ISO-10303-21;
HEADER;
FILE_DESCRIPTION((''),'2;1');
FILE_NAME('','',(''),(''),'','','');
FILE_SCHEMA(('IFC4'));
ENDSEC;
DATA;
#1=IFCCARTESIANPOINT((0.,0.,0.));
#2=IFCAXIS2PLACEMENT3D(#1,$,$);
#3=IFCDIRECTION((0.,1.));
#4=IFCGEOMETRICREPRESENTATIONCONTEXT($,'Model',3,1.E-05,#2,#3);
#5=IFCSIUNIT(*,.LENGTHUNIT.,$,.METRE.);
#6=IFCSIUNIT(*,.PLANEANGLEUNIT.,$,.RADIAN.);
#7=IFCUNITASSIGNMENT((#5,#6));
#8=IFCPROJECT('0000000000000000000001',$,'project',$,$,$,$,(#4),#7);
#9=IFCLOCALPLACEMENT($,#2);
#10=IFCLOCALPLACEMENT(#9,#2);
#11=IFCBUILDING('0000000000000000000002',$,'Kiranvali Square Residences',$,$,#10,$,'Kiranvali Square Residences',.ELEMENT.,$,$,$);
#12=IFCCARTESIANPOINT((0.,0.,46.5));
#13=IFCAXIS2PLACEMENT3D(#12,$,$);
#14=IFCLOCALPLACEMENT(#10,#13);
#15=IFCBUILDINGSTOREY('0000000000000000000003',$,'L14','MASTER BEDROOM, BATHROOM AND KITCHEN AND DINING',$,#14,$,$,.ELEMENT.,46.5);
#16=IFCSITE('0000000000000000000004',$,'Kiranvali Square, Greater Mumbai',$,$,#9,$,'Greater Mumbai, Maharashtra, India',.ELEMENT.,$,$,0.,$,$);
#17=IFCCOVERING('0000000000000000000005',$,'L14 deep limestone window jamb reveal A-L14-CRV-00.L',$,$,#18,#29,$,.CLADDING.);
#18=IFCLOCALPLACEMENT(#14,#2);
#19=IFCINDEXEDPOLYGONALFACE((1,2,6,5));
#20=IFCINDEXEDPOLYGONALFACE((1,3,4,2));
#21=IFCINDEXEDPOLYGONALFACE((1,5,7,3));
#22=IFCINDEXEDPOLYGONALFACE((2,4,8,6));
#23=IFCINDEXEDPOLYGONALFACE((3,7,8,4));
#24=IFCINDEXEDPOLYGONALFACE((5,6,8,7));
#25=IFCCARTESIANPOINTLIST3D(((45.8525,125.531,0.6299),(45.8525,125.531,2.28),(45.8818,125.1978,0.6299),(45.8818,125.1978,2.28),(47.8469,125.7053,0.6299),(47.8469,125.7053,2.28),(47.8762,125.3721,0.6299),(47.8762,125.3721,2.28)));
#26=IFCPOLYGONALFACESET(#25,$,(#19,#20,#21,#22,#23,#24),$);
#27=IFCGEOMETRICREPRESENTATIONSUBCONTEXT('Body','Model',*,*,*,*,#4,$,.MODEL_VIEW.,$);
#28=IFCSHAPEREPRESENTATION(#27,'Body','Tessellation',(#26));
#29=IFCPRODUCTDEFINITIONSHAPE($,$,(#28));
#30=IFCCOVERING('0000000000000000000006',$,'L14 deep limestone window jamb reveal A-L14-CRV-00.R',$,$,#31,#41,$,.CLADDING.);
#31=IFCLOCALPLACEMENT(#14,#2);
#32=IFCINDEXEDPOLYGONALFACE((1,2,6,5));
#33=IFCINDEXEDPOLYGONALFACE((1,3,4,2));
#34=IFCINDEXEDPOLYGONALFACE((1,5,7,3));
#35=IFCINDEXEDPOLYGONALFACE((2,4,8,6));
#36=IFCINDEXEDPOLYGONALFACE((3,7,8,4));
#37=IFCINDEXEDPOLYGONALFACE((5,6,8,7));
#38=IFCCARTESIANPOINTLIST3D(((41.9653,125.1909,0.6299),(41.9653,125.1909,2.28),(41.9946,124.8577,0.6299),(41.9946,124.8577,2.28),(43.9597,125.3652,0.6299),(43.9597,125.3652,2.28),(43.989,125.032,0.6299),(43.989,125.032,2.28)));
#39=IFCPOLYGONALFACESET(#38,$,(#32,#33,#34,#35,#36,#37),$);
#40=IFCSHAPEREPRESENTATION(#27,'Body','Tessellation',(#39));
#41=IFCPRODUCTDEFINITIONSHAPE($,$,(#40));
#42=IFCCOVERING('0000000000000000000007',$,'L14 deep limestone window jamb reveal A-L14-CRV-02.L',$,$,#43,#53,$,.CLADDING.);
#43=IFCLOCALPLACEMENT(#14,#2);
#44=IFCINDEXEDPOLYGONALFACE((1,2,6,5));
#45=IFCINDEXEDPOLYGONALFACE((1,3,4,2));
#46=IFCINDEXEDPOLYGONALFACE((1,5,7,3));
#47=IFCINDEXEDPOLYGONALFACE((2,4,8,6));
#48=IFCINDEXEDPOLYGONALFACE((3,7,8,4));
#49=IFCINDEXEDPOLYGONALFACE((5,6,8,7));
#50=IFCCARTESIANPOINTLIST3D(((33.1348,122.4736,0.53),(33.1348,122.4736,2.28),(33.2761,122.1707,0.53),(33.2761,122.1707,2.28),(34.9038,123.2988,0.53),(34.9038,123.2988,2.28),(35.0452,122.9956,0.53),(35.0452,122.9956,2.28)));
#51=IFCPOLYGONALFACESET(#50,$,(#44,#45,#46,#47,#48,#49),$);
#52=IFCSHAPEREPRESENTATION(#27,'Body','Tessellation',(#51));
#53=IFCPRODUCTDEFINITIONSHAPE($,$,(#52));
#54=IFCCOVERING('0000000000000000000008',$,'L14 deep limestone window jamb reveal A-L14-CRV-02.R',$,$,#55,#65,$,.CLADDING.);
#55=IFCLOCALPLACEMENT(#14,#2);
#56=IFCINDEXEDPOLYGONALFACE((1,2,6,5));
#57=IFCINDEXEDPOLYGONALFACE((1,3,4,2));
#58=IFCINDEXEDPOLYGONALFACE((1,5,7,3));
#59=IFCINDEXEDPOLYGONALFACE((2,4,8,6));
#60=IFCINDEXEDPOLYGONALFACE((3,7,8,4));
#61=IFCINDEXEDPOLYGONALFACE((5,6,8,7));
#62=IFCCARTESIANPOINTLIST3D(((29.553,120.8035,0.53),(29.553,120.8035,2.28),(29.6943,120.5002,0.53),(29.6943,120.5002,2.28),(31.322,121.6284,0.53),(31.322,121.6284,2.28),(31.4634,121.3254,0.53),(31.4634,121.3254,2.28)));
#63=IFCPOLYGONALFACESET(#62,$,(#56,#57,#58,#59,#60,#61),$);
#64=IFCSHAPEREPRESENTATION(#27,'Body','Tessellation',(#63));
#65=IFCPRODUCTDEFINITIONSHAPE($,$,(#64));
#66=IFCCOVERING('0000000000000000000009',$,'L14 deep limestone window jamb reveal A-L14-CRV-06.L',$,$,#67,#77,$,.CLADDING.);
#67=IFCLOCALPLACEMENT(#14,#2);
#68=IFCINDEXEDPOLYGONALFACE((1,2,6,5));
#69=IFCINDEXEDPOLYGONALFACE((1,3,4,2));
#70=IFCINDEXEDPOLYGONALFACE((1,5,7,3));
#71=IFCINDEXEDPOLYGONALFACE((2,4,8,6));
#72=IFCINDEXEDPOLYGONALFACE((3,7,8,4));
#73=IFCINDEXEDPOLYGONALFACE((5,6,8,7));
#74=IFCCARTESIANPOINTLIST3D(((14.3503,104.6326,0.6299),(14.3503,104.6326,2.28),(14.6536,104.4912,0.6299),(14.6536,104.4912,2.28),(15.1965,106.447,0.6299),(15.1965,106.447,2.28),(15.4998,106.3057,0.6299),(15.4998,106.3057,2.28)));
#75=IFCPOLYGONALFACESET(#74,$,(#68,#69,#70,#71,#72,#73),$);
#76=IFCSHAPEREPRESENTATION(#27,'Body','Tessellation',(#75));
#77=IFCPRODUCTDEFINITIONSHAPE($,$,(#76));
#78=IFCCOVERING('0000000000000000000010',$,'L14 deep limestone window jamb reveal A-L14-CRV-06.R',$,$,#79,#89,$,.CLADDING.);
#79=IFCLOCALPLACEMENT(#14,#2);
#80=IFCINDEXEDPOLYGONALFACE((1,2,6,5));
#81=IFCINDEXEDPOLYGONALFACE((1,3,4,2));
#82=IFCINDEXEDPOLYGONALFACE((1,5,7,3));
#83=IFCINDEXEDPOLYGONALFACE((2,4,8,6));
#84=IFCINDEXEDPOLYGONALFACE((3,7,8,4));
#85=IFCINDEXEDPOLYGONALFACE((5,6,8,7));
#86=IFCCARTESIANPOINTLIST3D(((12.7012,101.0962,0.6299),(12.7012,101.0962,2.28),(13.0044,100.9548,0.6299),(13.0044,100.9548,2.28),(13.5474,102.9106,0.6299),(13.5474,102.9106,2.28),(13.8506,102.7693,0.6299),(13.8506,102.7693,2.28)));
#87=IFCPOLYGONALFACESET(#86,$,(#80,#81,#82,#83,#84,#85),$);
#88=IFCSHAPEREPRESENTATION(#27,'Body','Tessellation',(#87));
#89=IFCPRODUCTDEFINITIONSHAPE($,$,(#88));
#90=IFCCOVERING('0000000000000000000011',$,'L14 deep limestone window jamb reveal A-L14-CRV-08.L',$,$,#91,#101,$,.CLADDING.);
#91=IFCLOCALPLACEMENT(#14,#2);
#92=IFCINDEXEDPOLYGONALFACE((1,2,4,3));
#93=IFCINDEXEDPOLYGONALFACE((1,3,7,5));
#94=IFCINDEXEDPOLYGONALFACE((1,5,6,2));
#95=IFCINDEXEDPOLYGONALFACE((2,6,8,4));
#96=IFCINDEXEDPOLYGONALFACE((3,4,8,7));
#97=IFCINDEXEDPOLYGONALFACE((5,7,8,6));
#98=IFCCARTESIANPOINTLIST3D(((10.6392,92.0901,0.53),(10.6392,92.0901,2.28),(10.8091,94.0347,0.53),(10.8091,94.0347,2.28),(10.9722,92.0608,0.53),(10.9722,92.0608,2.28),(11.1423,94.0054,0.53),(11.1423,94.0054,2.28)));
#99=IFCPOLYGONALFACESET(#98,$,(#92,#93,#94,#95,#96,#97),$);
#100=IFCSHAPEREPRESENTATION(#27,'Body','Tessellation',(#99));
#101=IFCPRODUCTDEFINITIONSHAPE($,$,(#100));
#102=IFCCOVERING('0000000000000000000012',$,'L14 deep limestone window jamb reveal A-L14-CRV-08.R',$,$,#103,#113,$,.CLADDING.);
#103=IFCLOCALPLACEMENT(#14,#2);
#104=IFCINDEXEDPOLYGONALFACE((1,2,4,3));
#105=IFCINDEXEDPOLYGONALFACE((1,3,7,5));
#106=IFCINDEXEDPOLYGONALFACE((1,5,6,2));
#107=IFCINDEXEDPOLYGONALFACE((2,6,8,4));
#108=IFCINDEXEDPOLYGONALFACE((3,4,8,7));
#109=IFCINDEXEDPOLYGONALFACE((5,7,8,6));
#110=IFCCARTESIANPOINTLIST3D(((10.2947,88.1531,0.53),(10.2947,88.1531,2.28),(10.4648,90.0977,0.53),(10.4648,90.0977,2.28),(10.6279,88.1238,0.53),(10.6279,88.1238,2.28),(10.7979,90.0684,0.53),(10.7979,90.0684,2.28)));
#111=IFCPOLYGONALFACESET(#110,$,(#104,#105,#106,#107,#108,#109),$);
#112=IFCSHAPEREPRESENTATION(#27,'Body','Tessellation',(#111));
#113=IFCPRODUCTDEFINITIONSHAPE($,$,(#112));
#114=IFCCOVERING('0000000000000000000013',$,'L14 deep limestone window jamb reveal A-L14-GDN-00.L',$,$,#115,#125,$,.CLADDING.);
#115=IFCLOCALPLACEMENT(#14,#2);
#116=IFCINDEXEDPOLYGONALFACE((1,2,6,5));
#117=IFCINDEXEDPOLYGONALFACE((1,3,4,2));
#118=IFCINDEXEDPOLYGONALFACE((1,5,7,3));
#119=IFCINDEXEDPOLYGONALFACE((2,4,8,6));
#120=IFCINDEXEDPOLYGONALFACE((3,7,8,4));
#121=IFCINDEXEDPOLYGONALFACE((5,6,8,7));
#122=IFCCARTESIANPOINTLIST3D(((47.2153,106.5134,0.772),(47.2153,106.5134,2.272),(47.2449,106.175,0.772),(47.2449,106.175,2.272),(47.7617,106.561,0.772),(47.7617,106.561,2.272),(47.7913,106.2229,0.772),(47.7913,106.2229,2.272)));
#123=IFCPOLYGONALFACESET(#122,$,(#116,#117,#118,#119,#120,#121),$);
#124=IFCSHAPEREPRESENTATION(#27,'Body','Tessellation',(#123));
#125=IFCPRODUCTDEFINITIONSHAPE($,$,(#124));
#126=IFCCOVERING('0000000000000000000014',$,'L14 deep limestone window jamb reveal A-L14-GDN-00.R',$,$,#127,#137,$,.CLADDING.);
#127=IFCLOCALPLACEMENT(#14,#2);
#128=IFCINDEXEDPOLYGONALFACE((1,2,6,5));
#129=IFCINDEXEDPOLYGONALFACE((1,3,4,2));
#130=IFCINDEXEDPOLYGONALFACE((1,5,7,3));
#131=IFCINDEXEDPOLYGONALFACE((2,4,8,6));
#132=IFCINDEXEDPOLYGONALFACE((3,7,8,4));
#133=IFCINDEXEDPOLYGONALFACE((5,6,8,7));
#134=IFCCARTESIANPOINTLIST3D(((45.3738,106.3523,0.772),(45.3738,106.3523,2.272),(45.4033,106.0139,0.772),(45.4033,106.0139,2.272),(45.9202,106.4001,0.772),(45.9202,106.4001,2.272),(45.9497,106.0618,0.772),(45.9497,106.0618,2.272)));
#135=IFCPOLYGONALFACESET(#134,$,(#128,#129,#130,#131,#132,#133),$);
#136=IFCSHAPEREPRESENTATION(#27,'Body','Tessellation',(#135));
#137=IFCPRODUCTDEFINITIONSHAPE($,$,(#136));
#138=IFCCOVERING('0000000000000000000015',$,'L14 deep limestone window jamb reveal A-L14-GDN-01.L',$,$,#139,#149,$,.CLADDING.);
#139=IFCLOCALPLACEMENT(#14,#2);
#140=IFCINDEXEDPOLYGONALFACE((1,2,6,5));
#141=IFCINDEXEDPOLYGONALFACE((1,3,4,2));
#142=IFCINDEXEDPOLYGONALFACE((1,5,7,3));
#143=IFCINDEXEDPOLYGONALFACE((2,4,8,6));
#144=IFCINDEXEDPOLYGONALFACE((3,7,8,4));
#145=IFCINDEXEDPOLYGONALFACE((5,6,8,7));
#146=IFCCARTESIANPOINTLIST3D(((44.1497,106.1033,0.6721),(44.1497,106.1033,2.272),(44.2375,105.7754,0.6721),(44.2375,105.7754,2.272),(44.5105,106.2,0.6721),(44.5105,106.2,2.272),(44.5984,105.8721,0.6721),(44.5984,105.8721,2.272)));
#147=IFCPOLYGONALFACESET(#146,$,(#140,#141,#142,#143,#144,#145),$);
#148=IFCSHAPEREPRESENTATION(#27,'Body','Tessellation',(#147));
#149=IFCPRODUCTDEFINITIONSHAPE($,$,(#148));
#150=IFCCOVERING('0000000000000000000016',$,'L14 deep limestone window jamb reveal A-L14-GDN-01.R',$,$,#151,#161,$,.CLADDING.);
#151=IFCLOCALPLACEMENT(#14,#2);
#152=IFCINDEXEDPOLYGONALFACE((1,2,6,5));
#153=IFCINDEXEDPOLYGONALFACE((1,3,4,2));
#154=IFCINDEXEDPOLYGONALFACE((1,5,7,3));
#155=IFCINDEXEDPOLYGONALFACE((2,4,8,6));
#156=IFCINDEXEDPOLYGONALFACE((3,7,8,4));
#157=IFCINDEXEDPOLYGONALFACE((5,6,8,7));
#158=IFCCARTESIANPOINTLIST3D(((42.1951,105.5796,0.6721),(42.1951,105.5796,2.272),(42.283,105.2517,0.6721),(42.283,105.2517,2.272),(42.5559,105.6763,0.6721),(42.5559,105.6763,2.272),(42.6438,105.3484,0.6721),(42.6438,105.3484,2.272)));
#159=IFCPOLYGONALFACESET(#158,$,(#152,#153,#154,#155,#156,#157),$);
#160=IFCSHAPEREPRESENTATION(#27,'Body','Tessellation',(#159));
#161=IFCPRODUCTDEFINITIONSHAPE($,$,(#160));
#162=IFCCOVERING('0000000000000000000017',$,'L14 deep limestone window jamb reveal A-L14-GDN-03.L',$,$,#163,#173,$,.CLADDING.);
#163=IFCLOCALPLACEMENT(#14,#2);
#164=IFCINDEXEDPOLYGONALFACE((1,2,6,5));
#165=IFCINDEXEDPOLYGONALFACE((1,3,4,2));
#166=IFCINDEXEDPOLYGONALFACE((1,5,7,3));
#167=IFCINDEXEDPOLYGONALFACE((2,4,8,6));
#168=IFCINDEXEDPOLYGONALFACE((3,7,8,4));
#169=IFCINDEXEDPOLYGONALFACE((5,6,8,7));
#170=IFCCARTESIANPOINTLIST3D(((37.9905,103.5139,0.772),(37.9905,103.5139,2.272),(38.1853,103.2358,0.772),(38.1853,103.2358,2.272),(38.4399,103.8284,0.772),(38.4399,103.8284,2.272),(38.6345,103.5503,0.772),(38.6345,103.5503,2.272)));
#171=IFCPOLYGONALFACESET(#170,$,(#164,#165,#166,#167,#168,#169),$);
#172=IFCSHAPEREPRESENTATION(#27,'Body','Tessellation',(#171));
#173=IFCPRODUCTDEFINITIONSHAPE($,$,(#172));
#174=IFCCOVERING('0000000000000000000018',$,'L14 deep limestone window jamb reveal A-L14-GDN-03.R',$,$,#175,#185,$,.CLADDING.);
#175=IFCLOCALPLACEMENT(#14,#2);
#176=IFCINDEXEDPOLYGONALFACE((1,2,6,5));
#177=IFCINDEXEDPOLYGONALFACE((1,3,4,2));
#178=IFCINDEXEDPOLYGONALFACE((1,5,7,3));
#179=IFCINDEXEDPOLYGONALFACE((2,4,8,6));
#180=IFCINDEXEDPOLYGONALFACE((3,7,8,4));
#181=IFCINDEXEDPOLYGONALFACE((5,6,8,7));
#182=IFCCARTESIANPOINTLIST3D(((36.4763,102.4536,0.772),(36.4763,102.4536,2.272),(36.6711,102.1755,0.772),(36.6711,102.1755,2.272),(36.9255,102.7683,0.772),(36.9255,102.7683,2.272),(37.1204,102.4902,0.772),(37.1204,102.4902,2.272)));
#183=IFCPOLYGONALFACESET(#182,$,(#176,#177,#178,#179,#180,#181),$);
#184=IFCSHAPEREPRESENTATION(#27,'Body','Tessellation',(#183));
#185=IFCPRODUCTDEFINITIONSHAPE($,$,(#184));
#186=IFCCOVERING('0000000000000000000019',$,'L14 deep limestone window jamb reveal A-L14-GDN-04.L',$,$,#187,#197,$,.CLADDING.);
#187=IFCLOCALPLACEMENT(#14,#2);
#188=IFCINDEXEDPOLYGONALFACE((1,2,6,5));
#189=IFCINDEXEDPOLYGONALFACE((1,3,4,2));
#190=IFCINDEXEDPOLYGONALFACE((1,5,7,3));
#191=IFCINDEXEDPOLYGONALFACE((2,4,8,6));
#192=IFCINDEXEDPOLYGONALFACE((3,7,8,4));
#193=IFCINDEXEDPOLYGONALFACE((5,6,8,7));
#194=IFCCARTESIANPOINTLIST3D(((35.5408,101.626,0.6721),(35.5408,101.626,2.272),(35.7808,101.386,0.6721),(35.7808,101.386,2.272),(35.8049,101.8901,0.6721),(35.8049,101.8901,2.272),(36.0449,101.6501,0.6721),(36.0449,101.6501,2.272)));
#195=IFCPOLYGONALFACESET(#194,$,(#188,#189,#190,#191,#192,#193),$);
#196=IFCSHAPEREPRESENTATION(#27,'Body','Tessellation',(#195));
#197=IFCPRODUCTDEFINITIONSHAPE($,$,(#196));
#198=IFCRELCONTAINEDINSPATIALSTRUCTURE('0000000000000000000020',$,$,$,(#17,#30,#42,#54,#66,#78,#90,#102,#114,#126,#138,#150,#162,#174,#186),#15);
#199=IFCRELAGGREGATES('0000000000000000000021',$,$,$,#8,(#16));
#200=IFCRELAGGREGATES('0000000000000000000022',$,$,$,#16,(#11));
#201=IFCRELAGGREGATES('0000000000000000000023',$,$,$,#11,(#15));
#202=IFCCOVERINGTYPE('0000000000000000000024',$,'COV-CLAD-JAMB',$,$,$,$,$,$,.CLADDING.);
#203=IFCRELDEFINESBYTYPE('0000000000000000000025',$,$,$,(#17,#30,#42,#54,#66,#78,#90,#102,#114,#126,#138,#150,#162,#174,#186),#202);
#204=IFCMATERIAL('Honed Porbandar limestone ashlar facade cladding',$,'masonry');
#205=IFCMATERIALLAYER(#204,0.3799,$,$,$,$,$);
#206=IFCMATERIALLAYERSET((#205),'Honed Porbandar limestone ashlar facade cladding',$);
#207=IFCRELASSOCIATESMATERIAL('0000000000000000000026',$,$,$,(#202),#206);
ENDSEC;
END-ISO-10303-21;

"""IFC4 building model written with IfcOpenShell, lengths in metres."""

from ifc_helpers import new_model, si_unit, direction, frame, origin, place, context, subcontext, project, spatial, polyline, outline, extrude, material, layer, layer_set, type_object, element, save


model = new_model("IFC4")

# Units and contexts
model_context = context("Model", 3, precision=1e-05, world=origin(), true_north=direction((0.0, 1.0)))
body_context = subcontext(model_context, "Body", "Model", "MODEL_VIEW")
ifc_project = project(units=[si_unit("LENGTHUNIT", "METRE"), si_unit("PLANEANGLEUNIT", "RADIAN")], contexts=[model_context])

# Site, building, storey
site_placement = place(None, origin())
site = spatial("IfcSite", under=ifc_project, at=site_placement, Name="Kiranvali Square, Greater Mumbai", LongName="Greater Mumbai, Maharashtra, India", CompositionType="ELEMENT", RefElevation=0.0)
building_placement = place(site_placement, origin())
building = spatial("IfcBuilding", under=site, at=building_placement, Name="Kiranvali Square Residences", LongName="Kiranvali Square Residences", CompositionType="ELEMENT")
storey_placement = place(building_placement, frame((0.0, 0.0, 46.5)))
storey = spatial("IfcBuildingStorey", under=building, at=storey_placement, Name="L14", Description="MASTER BEDROOM, BATHROOM AND KITCHEN AND DINING", CompositionType="ELEMENT", Elevation=46.5)

# Coverings
ifc_material = material(Name="Honed Porbandar limestone ashlar facade cladding", Category="masonry")
ifc_layer_1 = layer(ifc_material, 0.3799)
ifc_layer_set_1 = layer_set([ifc_layer_1], Name="Honed Porbandar limestone ashlar facade cladding")
covering_type_1 = type_object("IfcCoveringType", Name="COV-CLAD-JAMB", PredefinedType="CLADDING", material=ifc_layer_set_1)
covering_1_placement = place(storey_placement, frame((0.0, 0.0, 0.6299)))
element("IfcCovering", 1, at=covering_1_placement, inside=storey, type_object=covering_type_1, Name="L14 deep limestone window jamb reveal A-L14-CRV-00.L", PredefinedType="CLADDING", context=body_context, shape_type="SweptSolid", body=[
    extrude(outline(polyline([(47.8469, 125.7053), (45.8525, 125.531), (45.8818, 125.1978), (47.8762, 125.3721), (47.8469, 125.7053)])), origin(), (0.0, 0.0, 1.0), 1.6501),
])
covering_2_placement = place(storey_placement, frame((0.0, 0.0, 0.6299)))
element("IfcCovering", 2, at=covering_2_placement, inside=storey, type_object=covering_type_1, Name="L14 deep limestone window jamb reveal A-L14-CRV-00.R", PredefinedType="CLADDING", context=body_context, shape_type="SweptSolid", body=[
    extrude(outline(polyline([(43.9597, 125.3652), (41.9653, 125.1909), (41.9946, 124.8577), (43.989, 125.032), (43.9597, 125.3652)])), origin(), (0.0, 0.0, 1.0), 1.6501),
])
covering_3_placement = place(storey_placement, frame((0.0, 0.0, 0.53)))
element("IfcCovering", 3, at=covering_3_placement, inside=storey, type_object=covering_type_1, Name="L14 deep limestone window jamb reveal A-L14-CRV-02.L", PredefinedType="CLADDING", context=body_context, shape_type="SweptSolid", body=[
    extrude(outline(polyline([(34.9038, 123.2988), (33.1348, 122.4736), (33.2761, 122.1707), (35.0452, 122.9956), (34.9038, 123.2988)])), origin(), (0.0, 0.0, 1.0), 1.75),
])
covering_4_placement = place(storey_placement, frame((0.0, 0.0, 0.53)))
element("IfcCovering", 4, at=covering_4_placement, inside=storey, type_object=covering_type_1, Name="L14 deep limestone window jamb reveal A-L14-CRV-02.R", PredefinedType="CLADDING", context=body_context, shape_type="SweptSolid", body=[
    extrude(outline(polyline([(31.322, 121.6284), (29.553, 120.8035), (29.6943, 120.5002), (31.4634, 121.3254), (31.322, 121.6284)])), origin(), (0.0, 0.0, 1.0), 1.75),
])
covering_5_placement = place(storey_placement, frame((0.0, 0.0, 0.6299)))
element("IfcCovering", 5, at=covering_5_placement, inside=storey, type_object=covering_type_1, Name="L14 deep limestone window jamb reveal A-L14-CRV-06.L", PredefinedType="CLADDING", context=body_context, shape_type="SweptSolid", body=[
    extrude(outline(polyline([(15.1965, 106.447), (14.3503, 104.6326), (14.6536, 104.4912), (15.4998, 106.3057), (15.1965, 106.447)])), origin(), (0.0, 0.0, 1.0), 1.6501),
])
covering_6_placement = place(storey_placement, frame((0.0, 0.0, 0.6299)))
element("IfcCovering", 6, at=covering_6_placement, inside=storey, type_object=covering_type_1, Name="L14 deep limestone window jamb reveal A-L14-CRV-06.R", PredefinedType="CLADDING", context=body_context, shape_type="SweptSolid", body=[
    extrude(outline(polyline([(13.5474, 102.9106), (12.7012, 101.0962), (13.0044, 100.9548), (13.8506, 102.7693), (13.5474, 102.9106)])), origin(), (0.0, 0.0, 1.0), 1.6501),
])
covering_7_placement = place(storey_placement, frame((0.0, 0.0, 0.53)))
element("IfcCovering", 7, at=covering_7_placement, inside=storey, type_object=covering_type_1, Name="L14 deep limestone window jamb reveal A-L14-CRV-08.L", PredefinedType="CLADDING", context=body_context, shape_type="SweptSolid", body=[
    extrude(outline(polyline([(10.8091, 94.0347), (10.6392, 92.0901), (10.9722, 92.0608), (11.1423, 94.0054), (10.8091, 94.0347)])), origin(), (0.0, 0.0, 1.0), 1.75),
])
covering_8_placement = place(storey_placement, frame((0.0, 0.0, 0.53)))
element("IfcCovering", 8, at=covering_8_placement, inside=storey, type_object=covering_type_1, Name="L14 deep limestone window jamb reveal A-L14-CRV-08.R", PredefinedType="CLADDING", context=body_context, shape_type="SweptSolid", body=[
    extrude(outline(polyline([(10.4648, 90.0977), (10.2947, 88.1531), (10.6279, 88.1238), (10.7979, 90.0684), (10.4648, 90.0977)])), origin(), (0.0, 0.0, 1.0), 1.75),
])
covering_9_placement = place(storey_placement, frame((0.0, 0.0, 0.772)))
element("IfcCovering", 9, at=covering_9_placement, inside=storey, type_object=covering_type_1, Name="L14 deep limestone window jamb reveal A-L14-GDN-00.L", PredefinedType="CLADDING", context=body_context, shape_type="SweptSolid", body=[
    extrude(outline(polyline([(47.7617, 106.561), (47.2153, 106.5134), (47.2449, 106.175), (47.7913, 106.2229), (47.7617, 106.561)])), origin(), (0.0, 0.0, 1.0), 1.5),
])
covering_10_placement = place(storey_placement, frame((0.0, 0.0, 0.772)))
element("IfcCovering", 10, at=covering_10_placement, inside=storey, type_object=covering_type_1, Name="L14 deep limestone window jamb reveal A-L14-GDN-00.R", PredefinedType="CLADDING", context=body_context, shape_type="SweptSolid", body=[
    extrude(outline(polyline([(45.9202, 106.4001), (45.3738, 106.3523), (45.4033, 106.0139), (45.9497, 106.0618), (45.9202, 106.4001)])), origin(), (0.0, 0.0, 1.0), 1.5),
])
covering_11_placement = place(storey_placement, frame((0.0, 0.0, 0.6721)))
element("IfcCovering", 11, at=covering_11_placement, inside=storey, type_object=covering_type_1, Name="L14 deep limestone window jamb reveal A-L14-GDN-01.L", PredefinedType="CLADDING", context=body_context, shape_type="SweptSolid", body=[
    extrude(outline(polyline([(44.5105, 106.2), (44.1497, 106.1033), (44.2375, 105.7754), (44.5984, 105.8721), (44.5105, 106.2)])), origin(), (0.0, 0.0, 1.0), 1.5999),
])
covering_12_placement = place(storey_placement, frame((0.0, 0.0, 0.6721)))
element("IfcCovering", 12, at=covering_12_placement, inside=storey, type_object=covering_type_1, Name="L14 deep limestone window jamb reveal A-L14-GDN-01.R", PredefinedType="CLADDING", context=body_context, shape_type="SweptSolid", body=[
    extrude(outline(polyline([(42.5559, 105.6763), (42.1951, 105.5796), (42.283, 105.2517), (42.6438, 105.3484), (42.5559, 105.6763)])), origin(), (0.0, 0.0, 1.0), 1.5999),
])
covering_13_placement = place(storey_placement, frame((0.0, 0.0, 0.772)))
element("IfcCovering", 13, at=covering_13_placement, inside=storey, type_object=covering_type_1, Name="L14 deep limestone window jamb reveal A-L14-GDN-03.L", PredefinedType="CLADDING", context=body_context, shape_type="SweptSolid", body=[
    extrude(outline(polyline([(38.4399, 103.8284), (37.9905, 103.5139), (38.1853, 103.2358), (38.6345, 103.5503), (38.4399, 103.8284)])), origin(), (0.0, 0.0, 1.0), 1.5),
])
covering_14_placement = place(storey_placement, frame((0.0, 0.0, 0.772)))
element("IfcCovering", 14, at=covering_14_placement, inside=storey, type_object=covering_type_1, Name="L14 deep limestone window jamb reveal A-L14-GDN-03.R", PredefinedType="CLADDING", context=body_context, shape_type="SweptSolid", body=[
    extrude(outline(polyline([(36.9255, 102.7683), (36.4763, 102.4536), (36.6711, 102.1755), (37.1204, 102.4902), (36.9255, 102.7683)])), origin(), (0.0, 0.0, 1.0), 1.5),
])
covering_15_placement = place(storey_placement, frame((0.0, 0.0, 0.6721)))
element("IfcCovering", 15, at=covering_15_placement, inside=storey, type_object=covering_type_1, Name="L14 deep limestone window jamb reveal A-L14-GDN-04.L", PredefinedType="CLADDING", context=body_context, shape_type="SweptSolid", body=[
    extrude(outline(polyline([(35.8049, 101.8901), (35.5408, 101.626), (35.7808, 101.386), (36.0449, 101.6501), (35.8049, 101.8901)])), origin(), (0.0, 0.0, 1.0), 1.5999),
])

save(model, "model.ifc")
